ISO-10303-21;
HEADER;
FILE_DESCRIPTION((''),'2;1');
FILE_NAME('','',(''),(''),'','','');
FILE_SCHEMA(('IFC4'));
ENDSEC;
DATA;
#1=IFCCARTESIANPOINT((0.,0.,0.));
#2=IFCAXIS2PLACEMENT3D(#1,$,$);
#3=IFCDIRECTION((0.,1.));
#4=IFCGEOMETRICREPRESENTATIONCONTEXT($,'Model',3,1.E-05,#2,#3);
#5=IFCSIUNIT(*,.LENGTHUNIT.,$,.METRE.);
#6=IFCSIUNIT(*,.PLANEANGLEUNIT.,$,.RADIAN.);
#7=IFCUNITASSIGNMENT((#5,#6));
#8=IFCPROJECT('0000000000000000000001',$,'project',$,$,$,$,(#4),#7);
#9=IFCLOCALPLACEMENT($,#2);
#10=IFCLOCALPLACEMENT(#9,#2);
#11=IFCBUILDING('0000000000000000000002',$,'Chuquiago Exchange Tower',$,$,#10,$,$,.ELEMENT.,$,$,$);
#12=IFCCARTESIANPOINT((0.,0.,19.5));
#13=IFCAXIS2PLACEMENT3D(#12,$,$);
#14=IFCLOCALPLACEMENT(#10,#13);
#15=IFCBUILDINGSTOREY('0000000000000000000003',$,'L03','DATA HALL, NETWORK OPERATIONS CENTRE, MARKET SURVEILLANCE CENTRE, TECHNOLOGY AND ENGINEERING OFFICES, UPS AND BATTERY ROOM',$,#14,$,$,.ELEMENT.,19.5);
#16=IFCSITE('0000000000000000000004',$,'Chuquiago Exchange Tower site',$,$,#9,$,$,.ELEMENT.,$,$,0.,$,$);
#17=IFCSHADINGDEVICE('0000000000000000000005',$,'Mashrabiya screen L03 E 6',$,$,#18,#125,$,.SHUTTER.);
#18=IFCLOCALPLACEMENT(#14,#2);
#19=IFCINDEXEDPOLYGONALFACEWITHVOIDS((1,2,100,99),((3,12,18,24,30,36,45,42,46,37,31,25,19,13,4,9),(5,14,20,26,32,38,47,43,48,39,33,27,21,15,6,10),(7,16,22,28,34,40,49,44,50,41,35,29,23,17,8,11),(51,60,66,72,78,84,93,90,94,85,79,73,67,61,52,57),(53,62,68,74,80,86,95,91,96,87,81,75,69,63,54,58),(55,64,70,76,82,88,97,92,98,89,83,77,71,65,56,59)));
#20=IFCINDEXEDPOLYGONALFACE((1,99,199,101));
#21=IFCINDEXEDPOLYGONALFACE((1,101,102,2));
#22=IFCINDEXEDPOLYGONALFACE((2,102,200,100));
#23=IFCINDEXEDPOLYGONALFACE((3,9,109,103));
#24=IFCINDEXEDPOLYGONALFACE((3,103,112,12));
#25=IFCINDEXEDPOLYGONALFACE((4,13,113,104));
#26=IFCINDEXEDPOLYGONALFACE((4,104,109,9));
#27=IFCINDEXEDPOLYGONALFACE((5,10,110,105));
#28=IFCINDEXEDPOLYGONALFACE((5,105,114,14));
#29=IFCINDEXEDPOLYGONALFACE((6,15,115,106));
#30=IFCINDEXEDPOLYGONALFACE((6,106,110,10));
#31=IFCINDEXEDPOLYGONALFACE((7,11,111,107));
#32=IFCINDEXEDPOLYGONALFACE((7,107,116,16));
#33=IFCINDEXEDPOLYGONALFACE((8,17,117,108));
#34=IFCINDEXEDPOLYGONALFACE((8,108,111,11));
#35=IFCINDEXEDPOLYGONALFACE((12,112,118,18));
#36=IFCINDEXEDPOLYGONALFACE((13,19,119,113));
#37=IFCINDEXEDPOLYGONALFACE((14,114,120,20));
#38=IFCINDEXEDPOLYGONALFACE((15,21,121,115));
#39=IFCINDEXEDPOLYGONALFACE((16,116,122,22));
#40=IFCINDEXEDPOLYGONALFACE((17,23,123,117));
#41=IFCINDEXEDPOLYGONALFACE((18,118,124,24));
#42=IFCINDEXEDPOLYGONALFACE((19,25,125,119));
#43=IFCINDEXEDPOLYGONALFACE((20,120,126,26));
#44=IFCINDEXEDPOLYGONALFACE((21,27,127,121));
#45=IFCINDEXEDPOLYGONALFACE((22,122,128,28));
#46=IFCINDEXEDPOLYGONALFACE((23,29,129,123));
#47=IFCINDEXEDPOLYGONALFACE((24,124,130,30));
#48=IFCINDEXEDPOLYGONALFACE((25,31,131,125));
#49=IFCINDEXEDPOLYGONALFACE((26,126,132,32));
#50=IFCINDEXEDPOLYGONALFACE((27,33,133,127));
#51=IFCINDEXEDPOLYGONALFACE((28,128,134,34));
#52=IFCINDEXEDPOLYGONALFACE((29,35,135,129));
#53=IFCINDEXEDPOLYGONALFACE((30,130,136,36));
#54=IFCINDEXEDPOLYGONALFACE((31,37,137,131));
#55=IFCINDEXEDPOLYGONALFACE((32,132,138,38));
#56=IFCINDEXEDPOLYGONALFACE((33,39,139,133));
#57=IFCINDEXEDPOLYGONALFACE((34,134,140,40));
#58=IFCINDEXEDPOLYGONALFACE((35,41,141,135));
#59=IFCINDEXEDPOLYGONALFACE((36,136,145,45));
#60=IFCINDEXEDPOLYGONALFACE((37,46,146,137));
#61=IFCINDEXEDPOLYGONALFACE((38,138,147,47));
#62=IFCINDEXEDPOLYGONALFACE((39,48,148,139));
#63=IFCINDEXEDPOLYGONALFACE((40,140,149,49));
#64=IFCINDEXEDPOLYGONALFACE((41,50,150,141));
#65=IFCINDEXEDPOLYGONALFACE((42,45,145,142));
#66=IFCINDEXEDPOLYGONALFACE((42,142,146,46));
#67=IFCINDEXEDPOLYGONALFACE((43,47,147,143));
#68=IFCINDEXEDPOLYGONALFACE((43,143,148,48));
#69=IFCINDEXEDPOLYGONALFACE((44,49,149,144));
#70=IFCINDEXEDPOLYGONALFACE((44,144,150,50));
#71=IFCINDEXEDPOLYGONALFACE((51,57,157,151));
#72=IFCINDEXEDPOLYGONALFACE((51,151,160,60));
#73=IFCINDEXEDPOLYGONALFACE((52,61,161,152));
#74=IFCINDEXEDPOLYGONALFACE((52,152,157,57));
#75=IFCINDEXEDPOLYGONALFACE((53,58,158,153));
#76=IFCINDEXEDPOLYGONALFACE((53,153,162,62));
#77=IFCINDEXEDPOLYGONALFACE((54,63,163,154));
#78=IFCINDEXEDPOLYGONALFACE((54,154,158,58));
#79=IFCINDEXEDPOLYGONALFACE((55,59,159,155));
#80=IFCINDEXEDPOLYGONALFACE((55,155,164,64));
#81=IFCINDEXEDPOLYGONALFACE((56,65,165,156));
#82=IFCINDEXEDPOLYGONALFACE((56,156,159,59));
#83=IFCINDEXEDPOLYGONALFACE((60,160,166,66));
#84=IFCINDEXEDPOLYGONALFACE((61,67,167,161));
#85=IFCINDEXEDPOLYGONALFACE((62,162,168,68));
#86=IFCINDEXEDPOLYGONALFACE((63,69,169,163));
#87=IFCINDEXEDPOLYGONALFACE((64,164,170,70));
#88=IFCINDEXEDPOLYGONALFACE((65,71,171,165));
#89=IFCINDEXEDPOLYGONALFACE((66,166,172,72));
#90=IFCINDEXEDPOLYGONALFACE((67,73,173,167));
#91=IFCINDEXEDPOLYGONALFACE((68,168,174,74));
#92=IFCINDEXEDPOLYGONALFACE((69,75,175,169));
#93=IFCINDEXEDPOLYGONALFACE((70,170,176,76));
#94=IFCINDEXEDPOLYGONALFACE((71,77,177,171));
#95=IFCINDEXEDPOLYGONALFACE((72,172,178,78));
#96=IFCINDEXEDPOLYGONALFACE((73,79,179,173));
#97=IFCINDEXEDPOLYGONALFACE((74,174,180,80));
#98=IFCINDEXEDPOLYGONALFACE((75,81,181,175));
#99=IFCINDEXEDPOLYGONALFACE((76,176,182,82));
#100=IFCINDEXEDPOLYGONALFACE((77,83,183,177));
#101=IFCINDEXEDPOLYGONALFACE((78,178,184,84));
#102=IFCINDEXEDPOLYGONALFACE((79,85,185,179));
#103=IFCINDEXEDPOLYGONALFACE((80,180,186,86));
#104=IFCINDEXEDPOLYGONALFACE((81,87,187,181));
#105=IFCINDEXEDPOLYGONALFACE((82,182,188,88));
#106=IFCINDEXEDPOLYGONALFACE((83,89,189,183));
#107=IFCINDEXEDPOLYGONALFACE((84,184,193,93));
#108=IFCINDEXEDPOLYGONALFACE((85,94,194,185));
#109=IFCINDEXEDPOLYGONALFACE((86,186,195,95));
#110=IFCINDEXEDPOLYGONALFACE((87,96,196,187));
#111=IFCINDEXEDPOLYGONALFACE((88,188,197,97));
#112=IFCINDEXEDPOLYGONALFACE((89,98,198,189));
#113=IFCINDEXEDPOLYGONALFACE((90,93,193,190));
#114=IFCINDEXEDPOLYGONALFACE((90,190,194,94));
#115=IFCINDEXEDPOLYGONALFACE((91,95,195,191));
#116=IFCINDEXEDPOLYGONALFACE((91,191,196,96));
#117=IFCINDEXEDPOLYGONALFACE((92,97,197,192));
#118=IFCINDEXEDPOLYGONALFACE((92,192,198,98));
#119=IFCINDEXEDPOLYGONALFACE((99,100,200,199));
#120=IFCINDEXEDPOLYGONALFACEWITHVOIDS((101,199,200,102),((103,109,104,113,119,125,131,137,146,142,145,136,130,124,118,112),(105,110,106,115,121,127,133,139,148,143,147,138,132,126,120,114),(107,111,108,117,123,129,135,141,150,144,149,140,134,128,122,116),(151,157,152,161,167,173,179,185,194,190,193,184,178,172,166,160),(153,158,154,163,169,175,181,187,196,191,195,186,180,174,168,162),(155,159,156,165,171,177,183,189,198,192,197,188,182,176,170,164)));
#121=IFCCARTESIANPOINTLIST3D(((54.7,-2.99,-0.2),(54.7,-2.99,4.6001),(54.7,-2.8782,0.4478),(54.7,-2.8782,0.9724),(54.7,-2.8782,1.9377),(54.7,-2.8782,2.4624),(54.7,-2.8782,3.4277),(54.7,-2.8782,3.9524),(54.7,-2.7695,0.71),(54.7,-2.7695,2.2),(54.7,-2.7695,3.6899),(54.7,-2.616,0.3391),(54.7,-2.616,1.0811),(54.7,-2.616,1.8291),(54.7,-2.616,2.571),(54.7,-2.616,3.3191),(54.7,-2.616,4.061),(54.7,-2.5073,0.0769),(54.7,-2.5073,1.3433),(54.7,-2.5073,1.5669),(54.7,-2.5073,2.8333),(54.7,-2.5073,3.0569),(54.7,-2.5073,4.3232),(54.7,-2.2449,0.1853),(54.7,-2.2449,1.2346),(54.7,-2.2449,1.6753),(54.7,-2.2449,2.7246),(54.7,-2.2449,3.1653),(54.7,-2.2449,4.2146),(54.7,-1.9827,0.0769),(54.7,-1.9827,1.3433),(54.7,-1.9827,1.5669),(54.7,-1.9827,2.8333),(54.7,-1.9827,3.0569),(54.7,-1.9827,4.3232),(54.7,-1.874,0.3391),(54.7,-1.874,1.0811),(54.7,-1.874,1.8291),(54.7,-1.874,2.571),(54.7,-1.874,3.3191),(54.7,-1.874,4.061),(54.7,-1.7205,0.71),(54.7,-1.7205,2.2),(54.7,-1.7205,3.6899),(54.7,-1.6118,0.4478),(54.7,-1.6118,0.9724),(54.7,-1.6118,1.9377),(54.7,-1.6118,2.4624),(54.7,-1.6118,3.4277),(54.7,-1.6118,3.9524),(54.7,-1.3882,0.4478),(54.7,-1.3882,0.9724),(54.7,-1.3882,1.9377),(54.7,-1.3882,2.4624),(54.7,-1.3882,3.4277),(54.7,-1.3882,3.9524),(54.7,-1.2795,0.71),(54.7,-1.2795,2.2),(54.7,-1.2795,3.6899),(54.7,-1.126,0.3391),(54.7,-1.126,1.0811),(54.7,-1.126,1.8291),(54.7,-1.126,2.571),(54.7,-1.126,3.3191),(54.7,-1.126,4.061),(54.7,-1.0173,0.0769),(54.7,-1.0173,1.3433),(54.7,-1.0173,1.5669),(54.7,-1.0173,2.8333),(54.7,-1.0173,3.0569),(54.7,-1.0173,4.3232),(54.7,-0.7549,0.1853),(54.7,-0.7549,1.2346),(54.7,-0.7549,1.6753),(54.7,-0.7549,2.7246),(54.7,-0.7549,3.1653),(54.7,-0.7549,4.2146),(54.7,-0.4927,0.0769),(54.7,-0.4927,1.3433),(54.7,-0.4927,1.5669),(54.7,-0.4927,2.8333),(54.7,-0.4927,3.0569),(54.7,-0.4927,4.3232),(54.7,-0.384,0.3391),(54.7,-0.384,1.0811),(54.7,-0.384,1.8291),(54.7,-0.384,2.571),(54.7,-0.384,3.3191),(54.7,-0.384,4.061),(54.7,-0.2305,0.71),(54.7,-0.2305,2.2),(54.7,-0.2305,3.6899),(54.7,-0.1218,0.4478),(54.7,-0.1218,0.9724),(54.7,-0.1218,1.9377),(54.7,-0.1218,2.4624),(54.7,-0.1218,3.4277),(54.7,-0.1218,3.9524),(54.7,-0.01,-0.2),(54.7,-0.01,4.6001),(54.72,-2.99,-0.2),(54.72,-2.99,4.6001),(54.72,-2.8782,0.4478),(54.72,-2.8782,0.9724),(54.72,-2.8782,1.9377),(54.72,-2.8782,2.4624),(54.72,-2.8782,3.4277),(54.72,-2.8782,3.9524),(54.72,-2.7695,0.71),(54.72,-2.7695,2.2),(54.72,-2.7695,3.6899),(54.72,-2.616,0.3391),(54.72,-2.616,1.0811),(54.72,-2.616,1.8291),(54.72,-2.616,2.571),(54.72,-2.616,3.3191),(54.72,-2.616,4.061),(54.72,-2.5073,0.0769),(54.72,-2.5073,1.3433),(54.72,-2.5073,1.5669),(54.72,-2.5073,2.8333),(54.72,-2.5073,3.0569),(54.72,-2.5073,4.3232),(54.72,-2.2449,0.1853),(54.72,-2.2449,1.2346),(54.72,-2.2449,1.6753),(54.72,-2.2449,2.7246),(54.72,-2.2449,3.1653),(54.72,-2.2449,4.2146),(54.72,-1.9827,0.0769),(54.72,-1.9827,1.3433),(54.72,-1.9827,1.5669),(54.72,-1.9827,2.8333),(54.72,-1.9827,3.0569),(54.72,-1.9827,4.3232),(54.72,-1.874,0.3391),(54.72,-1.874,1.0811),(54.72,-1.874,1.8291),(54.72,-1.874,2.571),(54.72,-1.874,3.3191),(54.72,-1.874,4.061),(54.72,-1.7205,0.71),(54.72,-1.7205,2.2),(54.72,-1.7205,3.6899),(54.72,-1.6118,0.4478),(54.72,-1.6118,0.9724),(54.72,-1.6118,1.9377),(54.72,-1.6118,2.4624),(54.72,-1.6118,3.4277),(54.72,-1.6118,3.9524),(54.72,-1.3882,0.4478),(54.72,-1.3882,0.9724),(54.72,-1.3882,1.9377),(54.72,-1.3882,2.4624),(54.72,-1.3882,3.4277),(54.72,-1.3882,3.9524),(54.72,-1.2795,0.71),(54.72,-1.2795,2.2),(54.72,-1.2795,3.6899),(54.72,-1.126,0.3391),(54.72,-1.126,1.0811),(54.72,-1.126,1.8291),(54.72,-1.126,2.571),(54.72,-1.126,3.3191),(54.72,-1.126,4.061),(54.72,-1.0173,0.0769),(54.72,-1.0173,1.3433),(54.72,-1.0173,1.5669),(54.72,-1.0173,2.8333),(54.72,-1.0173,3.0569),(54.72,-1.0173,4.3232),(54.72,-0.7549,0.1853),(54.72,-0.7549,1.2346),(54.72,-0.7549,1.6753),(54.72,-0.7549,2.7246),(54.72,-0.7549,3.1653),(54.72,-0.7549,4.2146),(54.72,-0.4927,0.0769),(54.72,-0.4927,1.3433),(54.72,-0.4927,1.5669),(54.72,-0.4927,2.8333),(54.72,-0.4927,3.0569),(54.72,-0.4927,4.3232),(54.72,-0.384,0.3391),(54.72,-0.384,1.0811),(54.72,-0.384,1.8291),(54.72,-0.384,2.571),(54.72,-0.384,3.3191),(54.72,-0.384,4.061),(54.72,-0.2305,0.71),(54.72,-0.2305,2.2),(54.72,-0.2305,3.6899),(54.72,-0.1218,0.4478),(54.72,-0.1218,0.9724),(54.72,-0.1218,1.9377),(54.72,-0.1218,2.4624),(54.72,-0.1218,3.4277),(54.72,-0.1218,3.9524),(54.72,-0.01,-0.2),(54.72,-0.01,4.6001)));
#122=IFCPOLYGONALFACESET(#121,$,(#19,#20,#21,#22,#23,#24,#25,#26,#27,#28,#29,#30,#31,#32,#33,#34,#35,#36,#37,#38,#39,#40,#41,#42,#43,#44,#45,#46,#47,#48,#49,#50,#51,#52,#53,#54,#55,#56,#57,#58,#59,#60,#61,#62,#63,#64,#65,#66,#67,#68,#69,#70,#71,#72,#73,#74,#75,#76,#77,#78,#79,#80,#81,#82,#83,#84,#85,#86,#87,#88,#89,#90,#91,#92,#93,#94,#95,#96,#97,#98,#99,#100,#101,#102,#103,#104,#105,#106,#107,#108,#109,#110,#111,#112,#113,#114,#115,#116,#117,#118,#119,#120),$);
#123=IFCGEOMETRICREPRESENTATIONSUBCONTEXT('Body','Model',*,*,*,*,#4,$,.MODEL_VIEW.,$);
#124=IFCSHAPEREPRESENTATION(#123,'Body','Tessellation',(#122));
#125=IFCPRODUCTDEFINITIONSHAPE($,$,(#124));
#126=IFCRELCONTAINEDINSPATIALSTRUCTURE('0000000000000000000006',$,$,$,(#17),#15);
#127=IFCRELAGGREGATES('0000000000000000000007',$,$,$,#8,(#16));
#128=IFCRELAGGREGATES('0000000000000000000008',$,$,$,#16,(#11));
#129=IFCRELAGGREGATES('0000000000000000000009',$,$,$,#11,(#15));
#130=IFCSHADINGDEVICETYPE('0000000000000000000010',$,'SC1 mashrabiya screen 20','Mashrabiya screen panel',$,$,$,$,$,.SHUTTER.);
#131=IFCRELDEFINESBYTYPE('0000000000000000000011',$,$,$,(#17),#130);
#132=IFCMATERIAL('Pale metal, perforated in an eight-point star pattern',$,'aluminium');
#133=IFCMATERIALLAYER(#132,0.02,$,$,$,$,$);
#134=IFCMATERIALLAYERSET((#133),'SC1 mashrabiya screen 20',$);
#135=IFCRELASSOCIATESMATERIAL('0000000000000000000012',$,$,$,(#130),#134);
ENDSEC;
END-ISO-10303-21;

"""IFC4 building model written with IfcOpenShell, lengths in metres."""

from ifc_helpers import new_model, si_unit, direction, frame, origin, place, context, subcontext, project, spatial, polyline, outline, extrude, material, layer, layer_set, type_object, element, save


model = new_model("IFC4")

# Units and contexts
model_context = context("Model", 3, precision=1e-05, world=origin(), true_north=direction((0.0, 1.0)))
body_context = subcontext(model_context, "Body", "Model", "MODEL_VIEW")
ifc_project = project(units=[si_unit("LENGTHUNIT", "METRE"), si_unit("PLANEANGLEUNIT", "RADIAN")], contexts=[model_context])

# Site, building, storey
site_placement = place(None, origin())
site = spatial("IfcSite", under=ifc_project, at=site_placement, Name="Chuquiago Exchange Tower site", CompositionType="ELEMENT", RefElevation=0.0)
building_placement = place(site_placement, origin())
building = spatial("IfcBuilding", under=site, at=building_placement, Name="Chuquiago Exchange Tower", CompositionType="ELEMENT")
storey_placement = place(building_placement, frame((0.0, 0.0, 19.5)))
storey = spatial("IfcBuildingStorey", under=building, at=storey_placement, Name="L03", Description="DATA HALL, NETWORK OPERATIONS CENTRE, MARKET SURVEILLANCE CENTRE, TECHNOLOGY AND ENGINEERING OFFICES, UPS AND BATTERY ROOM", CompositionType="ELEMENT", Elevation=19.5)

# Shading device
ifc_material_1 = material(Name="Pale metal, perforated in an eight-point star pattern", Category="aluminium")
ifc_layer_1 = layer(ifc_material_1, 0.02)
ifc_layer_set_1 = layer_set([ifc_layer_1], Name="SC1 mashrabiya screen 20")
shading_device_type = type_object("IfcShadingDeviceType", Name="SC1 mashrabiya screen 20", Description="Mashrabiya screen panel", PredefinedType="SHUTTER", material=ifc_layer_set_1)
shading_device_1_placement = place(storey_placement, frame((54.7, -2.99, -0.2), z_axis=(0.0, 0.0, 1.0), x_axis=(0.0, 1.0, 0.0)))
element("IfcShadingDevice", 1, at=shading_device_1_placement, inside=storey, type_object=shading_device_type, Name="Mashrabiya screen L03 E 6", PredefinedType="SHUTTER", context=body_context, shape_type="SweptSolid", body=[
    extrude(outline(polyline([(0.0, 0.0), (2.98, 0.0), (2.98, 4.8), (0.0, 4.8), (0.0, 0.0)]), holes=[polyline([(1.2695, 0.9099), (1.3782, 1.1724), (1.116, 1.281), (1.0073, 1.5432), (0.7451, 1.4346), (0.4827, 1.5432), (0.374, 1.281), (0.1118, 1.1724), (0.2205, 0.9099), (0.1118, 0.6477), (0.374, 0.5391), (0.4827, 0.2769), (0.7451, 0.3853), (1.0073, 0.2769), (1.116, 0.5391), (1.3782, 0.6477), (1.2695, 0.9099)]), polyline([(2.7595, 0.9099), (2.8682, 1.1724), (2.606, 1.281), (2.4973, 1.5432), (2.2351, 1.4346), (1.9727, 1.5432), (1.864, 1.281), (1.6018, 1.1724), (1.7104, 0.9099), (1.6018, 0.6477), (1.864, 0.5391), (1.9727, 0.2769), (2.2351, 0.3853), (2.4973, 0.2769), (2.606, 0.5391), (2.8682, 0.6477), (2.7595, 0.9099)]), polyline([(1.2695, 2.3999), (1.3782, 2.6624), (1.116, 2.771), (1.0073, 3.0332), (0.7451, 2.9246), (0.4827, 3.0332), (0.374, 2.771), (0.1118, 2.6624), (0.2205, 2.3999), (0.1118, 2.1377), (0.374, 2.0291), (0.4827, 1.7668), (0.7451, 1.8752), (1.0073, 1.7668), (1.116, 2.0291), (1.3782, 2.1377), (1.2695, 2.3999)]), polyline([(2.7595, 2.3999), (2.8682, 2.6624), (2.606, 2.771), (2.4973, 3.0332), (2.2351, 2.9246), (1.9727, 3.0332), (1.864, 2.771), (1.6018, 2.6624), (1.7104, 2.3999), (1.6018, 2.1377), (1.864, 2.0291), (1.9727, 1.7668), (2.2351, 1.8752), (2.4973, 1.7668), (2.606, 2.0291), (2.8682, 2.1377), (2.7595, 2.3999)]), polyline([(1.2695, 3.8899), (1.3782, 4.1523), (1.116, 4.261), (1.0073, 4.5232), (0.7451, 4.4146), (0.4827, 4.5232), (0.374, 4.261), (0.1118, 4.1523), (0.2205, 3.8899), (0.1118, 3.6277), (0.374, 3.519), (0.4827, 3.2568), (0.7451, 3.3652), (1.0073, 3.2568), (1.116, 3.519), (1.3782, 3.6277), (1.2695, 3.8899)]), polyline([(2.7595, 3.8899), (2.8682, 4.1523), (2.606, 4.261), (2.4973, 4.5232), (2.2351, 4.4146), (1.9727, 4.5232), (1.864, 4.261), (1.6018, 4.1523), (1.7104, 3.8899), (1.6018, 3.6277), (1.864, 3.519), (1.9727, 3.2568), (2.2351, 3.3652), (2.4973, 3.2568), (2.606, 3.519), (2.8682, 3.6277), (2.7595, 3.8899)])]), frame((0.0, 0.0, 0.0), z_axis=(0.0, -1.0, 0.0), x_axis=(1.0, 0.0, 0.0)), (0.0, 0.0, 1.0), 0.02),
])

save(model, "model.ifc")
